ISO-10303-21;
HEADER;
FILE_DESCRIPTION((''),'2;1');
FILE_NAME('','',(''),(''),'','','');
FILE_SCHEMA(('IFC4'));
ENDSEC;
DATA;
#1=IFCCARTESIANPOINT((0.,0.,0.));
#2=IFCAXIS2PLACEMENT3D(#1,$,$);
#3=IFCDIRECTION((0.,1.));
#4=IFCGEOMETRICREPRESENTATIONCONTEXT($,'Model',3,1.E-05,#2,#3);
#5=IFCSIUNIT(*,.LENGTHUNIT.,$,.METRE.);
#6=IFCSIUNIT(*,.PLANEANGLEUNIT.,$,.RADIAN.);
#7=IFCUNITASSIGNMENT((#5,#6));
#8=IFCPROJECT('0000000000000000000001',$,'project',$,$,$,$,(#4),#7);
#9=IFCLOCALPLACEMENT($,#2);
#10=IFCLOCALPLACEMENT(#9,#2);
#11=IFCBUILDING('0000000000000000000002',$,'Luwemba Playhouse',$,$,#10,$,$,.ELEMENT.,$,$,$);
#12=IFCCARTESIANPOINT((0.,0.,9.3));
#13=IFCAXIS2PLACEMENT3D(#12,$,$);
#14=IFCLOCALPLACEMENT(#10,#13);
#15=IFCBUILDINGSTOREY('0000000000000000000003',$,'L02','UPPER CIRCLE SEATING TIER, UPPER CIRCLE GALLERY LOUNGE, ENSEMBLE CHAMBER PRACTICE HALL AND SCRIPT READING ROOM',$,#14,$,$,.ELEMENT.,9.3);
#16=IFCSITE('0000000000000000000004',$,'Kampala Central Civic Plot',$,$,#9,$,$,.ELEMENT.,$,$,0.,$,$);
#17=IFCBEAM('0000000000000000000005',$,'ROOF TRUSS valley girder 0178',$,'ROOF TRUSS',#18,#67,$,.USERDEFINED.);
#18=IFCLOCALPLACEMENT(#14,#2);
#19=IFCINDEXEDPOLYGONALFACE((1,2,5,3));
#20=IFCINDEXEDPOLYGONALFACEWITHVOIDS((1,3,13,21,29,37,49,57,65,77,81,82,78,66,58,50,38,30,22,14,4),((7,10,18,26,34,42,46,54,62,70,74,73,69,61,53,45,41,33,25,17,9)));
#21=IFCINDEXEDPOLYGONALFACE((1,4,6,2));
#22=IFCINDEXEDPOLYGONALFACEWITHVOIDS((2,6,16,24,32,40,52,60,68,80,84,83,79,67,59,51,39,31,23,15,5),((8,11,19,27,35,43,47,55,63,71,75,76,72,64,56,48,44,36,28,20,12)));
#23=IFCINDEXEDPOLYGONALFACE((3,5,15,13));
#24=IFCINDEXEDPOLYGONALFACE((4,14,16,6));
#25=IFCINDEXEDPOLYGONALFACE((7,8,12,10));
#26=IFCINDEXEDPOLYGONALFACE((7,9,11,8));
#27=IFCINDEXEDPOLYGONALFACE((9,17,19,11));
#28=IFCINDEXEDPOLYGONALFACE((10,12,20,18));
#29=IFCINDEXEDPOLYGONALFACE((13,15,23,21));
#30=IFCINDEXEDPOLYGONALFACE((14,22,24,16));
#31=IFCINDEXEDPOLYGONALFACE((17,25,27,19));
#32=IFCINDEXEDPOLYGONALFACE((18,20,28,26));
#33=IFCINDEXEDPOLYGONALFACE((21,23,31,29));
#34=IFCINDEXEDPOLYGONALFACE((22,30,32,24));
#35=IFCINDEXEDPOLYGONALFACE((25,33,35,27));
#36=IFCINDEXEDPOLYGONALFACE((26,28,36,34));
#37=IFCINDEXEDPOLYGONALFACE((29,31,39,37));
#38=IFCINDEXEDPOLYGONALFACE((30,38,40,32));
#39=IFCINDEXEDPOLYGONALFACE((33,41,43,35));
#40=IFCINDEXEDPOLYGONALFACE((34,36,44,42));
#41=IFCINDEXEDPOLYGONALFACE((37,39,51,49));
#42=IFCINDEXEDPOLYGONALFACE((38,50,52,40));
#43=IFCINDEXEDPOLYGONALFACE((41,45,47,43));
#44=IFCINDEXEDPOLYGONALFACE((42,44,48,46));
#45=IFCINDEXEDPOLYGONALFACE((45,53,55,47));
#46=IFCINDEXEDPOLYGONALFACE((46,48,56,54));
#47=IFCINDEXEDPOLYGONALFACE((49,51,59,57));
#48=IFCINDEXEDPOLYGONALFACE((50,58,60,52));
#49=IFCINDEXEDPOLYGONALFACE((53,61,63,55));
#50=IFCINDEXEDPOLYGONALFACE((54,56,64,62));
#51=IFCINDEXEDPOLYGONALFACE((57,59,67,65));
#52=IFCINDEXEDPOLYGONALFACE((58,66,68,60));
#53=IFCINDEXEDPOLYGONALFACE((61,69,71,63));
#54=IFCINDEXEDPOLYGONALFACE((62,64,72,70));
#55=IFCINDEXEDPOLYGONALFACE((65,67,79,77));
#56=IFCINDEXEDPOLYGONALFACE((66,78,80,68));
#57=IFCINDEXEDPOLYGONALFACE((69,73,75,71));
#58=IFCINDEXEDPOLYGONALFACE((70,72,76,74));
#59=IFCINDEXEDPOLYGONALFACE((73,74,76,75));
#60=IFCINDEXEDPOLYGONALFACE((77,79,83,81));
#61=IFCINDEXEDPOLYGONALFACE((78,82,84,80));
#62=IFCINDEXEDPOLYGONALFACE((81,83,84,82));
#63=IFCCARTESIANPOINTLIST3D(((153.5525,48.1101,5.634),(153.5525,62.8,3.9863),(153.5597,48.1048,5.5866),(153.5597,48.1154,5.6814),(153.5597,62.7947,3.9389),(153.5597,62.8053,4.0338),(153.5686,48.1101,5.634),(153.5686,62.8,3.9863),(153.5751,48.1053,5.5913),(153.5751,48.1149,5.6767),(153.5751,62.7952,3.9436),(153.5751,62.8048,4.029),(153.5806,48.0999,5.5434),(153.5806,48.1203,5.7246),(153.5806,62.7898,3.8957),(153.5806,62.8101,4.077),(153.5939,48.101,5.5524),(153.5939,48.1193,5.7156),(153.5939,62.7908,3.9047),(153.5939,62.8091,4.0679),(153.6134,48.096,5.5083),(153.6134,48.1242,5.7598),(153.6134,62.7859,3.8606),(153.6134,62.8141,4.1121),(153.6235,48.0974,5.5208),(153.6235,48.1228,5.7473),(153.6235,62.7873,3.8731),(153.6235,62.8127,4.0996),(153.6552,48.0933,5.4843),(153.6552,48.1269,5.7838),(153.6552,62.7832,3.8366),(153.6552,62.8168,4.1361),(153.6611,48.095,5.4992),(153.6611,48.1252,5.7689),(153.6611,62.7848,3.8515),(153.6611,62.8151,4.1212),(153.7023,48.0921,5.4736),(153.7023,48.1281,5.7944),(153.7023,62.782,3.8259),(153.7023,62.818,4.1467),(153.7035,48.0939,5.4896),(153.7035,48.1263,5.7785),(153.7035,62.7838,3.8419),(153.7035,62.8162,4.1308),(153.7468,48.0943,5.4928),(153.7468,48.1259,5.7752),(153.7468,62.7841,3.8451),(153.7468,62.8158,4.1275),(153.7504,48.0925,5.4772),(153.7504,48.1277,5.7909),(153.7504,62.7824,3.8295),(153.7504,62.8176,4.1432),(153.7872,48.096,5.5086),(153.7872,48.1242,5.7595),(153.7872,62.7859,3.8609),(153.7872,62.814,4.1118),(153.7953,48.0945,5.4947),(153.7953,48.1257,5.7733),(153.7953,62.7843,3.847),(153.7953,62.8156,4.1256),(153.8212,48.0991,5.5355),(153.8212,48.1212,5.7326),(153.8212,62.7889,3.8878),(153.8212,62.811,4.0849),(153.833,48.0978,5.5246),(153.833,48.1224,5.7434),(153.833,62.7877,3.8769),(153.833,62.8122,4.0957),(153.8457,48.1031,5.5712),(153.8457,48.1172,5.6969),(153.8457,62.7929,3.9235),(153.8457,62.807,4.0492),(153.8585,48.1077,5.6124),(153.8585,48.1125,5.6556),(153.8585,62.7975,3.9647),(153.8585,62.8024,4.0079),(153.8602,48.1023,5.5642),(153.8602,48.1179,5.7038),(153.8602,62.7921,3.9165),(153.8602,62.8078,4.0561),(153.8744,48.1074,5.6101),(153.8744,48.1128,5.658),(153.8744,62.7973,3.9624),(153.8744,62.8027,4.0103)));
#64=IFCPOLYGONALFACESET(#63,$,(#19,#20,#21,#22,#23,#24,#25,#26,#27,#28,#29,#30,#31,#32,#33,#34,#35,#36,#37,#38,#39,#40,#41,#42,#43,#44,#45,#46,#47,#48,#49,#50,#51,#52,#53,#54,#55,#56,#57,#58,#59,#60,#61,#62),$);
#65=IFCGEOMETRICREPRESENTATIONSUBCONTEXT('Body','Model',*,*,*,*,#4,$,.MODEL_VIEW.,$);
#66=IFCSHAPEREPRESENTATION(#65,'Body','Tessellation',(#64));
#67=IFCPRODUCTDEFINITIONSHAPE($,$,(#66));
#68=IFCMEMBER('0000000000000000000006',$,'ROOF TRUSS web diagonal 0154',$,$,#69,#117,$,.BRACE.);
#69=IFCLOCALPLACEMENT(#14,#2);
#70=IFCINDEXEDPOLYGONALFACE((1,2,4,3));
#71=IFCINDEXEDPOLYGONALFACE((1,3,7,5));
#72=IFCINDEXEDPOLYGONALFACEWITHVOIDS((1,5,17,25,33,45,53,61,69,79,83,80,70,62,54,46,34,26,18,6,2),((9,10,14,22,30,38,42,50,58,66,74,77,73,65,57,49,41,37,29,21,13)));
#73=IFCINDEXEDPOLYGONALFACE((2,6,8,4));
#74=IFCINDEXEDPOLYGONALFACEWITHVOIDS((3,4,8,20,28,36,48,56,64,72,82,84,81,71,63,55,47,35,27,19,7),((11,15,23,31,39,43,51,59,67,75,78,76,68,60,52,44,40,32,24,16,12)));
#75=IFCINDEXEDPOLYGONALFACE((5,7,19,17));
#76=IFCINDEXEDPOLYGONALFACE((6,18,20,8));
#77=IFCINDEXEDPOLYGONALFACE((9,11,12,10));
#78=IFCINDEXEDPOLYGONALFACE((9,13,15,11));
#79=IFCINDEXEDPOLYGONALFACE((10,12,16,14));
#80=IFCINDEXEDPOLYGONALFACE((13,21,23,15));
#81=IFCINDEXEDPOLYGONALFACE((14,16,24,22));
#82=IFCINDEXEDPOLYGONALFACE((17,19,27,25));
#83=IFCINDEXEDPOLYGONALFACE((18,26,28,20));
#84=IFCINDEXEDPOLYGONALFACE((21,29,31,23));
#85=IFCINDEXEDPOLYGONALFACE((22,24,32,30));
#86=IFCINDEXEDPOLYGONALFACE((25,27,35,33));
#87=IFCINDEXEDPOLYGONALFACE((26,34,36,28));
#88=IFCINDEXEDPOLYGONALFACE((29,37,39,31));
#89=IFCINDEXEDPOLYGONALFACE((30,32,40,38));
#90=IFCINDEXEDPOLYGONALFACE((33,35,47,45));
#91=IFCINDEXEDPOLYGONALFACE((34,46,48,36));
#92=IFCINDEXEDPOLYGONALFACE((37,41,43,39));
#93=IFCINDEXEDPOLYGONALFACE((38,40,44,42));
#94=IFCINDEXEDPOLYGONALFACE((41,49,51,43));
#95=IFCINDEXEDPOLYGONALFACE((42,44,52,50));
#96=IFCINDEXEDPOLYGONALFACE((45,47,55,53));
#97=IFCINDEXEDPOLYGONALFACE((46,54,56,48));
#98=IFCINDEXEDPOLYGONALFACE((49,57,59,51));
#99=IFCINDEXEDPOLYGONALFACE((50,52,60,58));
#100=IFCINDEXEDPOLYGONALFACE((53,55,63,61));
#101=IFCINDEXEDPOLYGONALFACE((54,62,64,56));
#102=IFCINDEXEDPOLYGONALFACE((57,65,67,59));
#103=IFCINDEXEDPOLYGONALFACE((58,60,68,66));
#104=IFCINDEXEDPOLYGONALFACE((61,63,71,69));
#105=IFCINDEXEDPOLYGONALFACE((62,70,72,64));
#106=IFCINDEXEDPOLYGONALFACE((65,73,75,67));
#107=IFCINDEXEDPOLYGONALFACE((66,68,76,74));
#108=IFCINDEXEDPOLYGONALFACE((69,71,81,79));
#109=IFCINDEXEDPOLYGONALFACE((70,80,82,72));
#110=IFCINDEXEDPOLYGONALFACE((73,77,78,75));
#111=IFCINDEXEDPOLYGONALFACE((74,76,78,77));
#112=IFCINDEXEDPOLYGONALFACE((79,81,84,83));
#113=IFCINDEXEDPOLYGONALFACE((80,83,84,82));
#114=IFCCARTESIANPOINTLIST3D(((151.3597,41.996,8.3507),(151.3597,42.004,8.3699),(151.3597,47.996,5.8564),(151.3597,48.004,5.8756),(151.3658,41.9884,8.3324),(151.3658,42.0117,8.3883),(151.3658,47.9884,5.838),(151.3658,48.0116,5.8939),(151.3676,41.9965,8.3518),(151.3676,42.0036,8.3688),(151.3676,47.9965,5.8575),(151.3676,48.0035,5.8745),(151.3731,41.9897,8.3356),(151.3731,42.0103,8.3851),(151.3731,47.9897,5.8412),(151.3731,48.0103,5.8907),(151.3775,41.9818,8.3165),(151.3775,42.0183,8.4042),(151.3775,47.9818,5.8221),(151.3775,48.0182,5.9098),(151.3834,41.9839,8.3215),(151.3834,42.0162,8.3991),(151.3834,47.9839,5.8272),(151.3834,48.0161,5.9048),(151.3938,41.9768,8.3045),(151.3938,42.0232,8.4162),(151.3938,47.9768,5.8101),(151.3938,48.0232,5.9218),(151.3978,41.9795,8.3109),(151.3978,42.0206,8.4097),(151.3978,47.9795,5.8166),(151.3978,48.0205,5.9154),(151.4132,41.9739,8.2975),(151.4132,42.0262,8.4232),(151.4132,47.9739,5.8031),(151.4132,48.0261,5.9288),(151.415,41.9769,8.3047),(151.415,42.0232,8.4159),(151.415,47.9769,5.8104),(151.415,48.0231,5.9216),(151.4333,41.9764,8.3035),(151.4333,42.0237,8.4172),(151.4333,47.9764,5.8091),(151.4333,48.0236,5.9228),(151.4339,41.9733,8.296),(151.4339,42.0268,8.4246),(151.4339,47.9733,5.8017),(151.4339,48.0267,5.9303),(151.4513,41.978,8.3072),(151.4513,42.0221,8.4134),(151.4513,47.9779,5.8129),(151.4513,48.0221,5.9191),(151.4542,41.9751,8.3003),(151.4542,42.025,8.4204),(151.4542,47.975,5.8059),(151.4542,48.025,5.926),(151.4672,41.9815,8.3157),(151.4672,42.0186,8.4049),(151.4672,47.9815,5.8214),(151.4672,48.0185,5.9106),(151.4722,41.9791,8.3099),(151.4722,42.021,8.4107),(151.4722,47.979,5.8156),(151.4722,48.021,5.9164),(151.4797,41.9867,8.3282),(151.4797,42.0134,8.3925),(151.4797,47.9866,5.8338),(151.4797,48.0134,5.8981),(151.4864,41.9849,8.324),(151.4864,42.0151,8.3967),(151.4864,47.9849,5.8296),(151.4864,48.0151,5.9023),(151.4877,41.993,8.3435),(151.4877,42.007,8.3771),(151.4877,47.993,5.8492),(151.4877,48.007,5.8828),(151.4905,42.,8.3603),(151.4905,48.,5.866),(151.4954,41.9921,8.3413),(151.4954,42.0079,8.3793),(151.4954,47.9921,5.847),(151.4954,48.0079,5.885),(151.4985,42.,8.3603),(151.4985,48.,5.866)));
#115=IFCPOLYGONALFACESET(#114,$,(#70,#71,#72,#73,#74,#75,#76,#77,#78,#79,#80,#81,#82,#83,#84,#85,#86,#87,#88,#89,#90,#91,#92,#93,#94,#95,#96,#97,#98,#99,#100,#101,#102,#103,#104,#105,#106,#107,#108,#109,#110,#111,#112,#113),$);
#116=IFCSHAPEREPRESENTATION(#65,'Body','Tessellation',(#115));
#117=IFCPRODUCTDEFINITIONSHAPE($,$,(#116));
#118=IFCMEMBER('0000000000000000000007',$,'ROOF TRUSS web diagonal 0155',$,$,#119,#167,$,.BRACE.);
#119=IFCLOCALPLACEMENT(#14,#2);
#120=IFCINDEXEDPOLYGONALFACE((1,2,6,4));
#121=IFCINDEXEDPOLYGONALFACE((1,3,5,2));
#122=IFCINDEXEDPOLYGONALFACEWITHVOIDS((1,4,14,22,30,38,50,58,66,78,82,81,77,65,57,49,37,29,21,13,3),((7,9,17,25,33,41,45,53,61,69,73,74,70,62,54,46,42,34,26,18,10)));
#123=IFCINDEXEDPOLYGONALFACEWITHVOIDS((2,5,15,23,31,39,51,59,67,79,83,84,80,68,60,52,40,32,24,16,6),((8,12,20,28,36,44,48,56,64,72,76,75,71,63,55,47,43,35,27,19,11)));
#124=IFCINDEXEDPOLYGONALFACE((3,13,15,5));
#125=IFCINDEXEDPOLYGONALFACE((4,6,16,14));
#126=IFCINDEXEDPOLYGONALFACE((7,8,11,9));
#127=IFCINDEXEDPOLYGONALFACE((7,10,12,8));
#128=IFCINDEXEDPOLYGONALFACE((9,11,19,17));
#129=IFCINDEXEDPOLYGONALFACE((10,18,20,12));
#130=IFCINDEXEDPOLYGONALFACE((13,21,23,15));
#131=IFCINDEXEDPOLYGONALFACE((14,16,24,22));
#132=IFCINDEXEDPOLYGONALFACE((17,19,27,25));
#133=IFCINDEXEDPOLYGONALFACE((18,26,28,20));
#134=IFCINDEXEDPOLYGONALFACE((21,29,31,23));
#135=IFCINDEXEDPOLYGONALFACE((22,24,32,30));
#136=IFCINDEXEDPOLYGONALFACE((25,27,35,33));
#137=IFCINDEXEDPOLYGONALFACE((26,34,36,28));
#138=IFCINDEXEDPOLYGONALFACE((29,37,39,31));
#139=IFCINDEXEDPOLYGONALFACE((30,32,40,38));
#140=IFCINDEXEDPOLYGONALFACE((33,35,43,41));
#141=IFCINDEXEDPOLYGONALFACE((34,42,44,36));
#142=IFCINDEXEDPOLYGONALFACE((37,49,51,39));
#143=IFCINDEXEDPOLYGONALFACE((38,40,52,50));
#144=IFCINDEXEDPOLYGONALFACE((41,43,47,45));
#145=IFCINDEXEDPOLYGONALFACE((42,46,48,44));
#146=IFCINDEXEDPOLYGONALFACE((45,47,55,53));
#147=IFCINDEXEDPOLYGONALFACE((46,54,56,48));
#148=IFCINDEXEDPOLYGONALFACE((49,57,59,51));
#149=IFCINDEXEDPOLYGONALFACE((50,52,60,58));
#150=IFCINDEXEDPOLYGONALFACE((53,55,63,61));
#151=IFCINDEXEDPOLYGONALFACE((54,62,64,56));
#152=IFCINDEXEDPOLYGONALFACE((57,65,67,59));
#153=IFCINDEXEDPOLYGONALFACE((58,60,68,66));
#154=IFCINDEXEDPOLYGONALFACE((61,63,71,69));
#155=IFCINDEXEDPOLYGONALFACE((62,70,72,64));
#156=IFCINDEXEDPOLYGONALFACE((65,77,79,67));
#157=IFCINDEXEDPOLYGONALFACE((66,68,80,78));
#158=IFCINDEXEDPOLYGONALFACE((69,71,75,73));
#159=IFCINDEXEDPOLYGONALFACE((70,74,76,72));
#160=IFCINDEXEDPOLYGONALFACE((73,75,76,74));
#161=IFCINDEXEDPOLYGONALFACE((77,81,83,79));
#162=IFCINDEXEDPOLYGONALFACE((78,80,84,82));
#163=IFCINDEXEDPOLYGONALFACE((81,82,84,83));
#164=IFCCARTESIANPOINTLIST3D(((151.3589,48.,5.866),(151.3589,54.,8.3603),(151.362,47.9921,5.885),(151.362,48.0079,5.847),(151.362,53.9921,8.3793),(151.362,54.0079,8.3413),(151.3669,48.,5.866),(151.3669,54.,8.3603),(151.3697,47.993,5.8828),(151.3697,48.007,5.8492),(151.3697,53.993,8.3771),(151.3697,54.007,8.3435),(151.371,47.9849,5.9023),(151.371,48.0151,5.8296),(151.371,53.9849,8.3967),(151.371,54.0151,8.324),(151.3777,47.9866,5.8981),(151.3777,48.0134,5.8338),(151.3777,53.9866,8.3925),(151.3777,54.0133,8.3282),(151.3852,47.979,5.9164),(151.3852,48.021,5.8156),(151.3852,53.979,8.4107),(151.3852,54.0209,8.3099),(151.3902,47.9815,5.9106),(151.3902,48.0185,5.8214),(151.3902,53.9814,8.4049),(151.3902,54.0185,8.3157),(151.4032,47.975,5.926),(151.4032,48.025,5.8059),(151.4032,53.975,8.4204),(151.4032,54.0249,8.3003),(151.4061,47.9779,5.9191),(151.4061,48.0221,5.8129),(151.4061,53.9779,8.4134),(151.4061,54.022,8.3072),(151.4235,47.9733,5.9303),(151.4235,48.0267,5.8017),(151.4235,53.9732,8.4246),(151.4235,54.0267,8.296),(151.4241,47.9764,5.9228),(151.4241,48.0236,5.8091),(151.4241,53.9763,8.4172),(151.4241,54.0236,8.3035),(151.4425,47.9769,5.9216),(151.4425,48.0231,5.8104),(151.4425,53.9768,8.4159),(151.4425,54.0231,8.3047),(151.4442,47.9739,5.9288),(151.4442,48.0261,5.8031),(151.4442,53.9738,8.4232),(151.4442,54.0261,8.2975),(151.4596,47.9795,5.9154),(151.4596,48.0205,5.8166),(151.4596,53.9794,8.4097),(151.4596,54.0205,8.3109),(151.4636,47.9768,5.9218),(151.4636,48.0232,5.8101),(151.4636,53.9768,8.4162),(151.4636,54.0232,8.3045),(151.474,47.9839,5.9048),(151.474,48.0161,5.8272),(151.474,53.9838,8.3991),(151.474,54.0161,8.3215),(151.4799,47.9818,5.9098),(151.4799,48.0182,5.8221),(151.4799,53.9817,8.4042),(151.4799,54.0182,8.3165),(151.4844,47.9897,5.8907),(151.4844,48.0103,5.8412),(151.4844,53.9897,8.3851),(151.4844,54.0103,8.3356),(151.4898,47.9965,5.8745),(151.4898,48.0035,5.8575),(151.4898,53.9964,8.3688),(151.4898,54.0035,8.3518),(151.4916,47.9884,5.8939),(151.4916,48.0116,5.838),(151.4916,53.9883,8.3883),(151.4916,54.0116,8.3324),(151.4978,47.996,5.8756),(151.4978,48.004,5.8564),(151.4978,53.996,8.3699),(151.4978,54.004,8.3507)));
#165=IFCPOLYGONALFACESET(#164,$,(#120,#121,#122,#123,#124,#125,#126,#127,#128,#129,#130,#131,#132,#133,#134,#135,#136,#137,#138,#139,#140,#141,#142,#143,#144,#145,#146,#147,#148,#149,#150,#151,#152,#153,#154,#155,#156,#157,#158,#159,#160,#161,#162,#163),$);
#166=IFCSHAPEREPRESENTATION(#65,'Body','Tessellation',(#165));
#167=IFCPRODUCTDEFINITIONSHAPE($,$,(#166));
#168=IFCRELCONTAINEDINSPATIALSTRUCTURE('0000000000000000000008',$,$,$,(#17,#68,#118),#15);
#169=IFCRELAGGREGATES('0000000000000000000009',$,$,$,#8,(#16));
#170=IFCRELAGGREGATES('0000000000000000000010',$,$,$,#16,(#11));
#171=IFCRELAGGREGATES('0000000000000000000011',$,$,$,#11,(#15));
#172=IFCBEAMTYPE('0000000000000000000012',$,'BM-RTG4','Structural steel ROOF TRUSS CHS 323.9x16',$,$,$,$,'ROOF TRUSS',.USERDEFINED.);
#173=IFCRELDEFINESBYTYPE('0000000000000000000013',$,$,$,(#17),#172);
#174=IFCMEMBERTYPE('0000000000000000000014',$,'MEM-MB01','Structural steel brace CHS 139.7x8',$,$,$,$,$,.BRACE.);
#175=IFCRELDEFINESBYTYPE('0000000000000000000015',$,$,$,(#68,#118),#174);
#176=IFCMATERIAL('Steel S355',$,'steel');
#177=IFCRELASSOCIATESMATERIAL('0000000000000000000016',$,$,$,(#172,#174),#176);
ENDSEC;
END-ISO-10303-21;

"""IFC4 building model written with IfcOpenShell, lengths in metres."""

from ifc_helpers import new_model, si_unit, direction, frame, origin, origin_2d, place, context, subcontext, project, spatial, hollow_circle, extrude, material, material_profile, profile_set, type_object, element, save


model = new_model("IFC4")

# Units and contexts
model_context = context("Model", 3, precision=1e-05, world=origin(), true_north=direction((0.0, 1.0)))
body_context = subcontext(model_context, "Body", "Model", "MODEL_VIEW")
ifc_project = project(units=[si_unit("LENGTHUNIT", "METRE"), si_unit("PLANEANGLEUNIT", "RADIAN")], contexts=[model_context])

# Site, building, storey
site_placement = place(None, origin())
site = spatial("IfcSite", under=ifc_project, at=site_placement, Name="Kampala Central Civic Plot", CompositionType="ELEMENT", RefElevation=0.0)
building_placement = place(site_placement, origin())
building = spatial("IfcBuilding", under=site, at=building_placement, Name="Luwemba Playhouse", CompositionType="ELEMENT")
storey_placement = place(building_placement, frame((0.0, 0.0, 9.3)))
storey = spatial("IfcBuildingStorey", under=building, at=storey_placement, Name="L02", Description="UPPER CIRCLE SEATING TIER, UPPER CIRCLE GALLERY LOUNGE, ENSEMBLE CHAMBER PRACTICE HALL AND SCRIPT READING ROOM", CompositionType="ELEMENT", Elevation=9.3)

# Beam
ifc_material_1 = material(Name="Steel S355", Category="steel")
ifc_material_profile_1 = material_profile(ifc_material_1, hollow_circle(Radius=0.1619, WallThickness=0.0161, at=origin_2d()))
ifc_profile_set_1 = profile_set([ifc_material_profile_1], Name="Steel S355")
beam_type_1 = type_object("IfcBeamType", Name="BM-RTG4", Description="Structural steel ROOF TRUSS CHS 323.9x16", ElementType="ROOF TRUSS", PredefinedType="USERDEFINED", material=ifc_profile_set_1)
beam_1_placement = place(storey_placement, frame((153.7144, 48.1101, 5.634), z_axis=(0.0, 0.993768, -0.111467), x_axis=(-1.0, 0.0, 0.0)))
element("IfcBeam", 1, at=beam_1_placement, inside=storey, type_object=beam_type_1, Name="ROOF TRUSS valley girder 0178", ObjectType="ROOF TRUSS", PredefinedType="USERDEFINED", context=body_context, shape_type="SweptSolid", body=[
    extrude(hollow_circle(Radius=0.1619, WallThickness=0.0161, at=origin_2d()), origin(), (0.0, 0.0, 1.0), 14.782),
])

# Members
ifc_material_profile_2 = material_profile(ifc_material_1, hollow_circle(Radius=0.0698, WallThickness=0.0081, at=origin_2d()))
ifc_profile_set_2 = profile_set([ifc_material_profile_2], Name="Steel S355")
member_type_1 = type_object("IfcMemberType", Name="MEM-MB01", Description="Structural steel brace CHS 139.7x8", PredefinedType="BRACE", material=ifc_profile_set_2)
for number, where, z_axis, x_axis, name in (
    (2, (151.4287, 48.0, 5.866), (0.0, -0.923383, 0.383879), (1.0, 0.0, 0.0), "ROOF TRUSS web diagonal 0154"),
    (3, (151.4287, 48.0, 5.866), (0.0, 0.923383, 0.383879), (-1.0, 0.0, 0.0), "ROOF TRUSS web diagonal 0155"),
):
    element("IfcMember", number, at=place(storey_placement, frame(where, z_axis=z_axis, x_axis=x_axis)), inside=storey, type_object=member_type_1, Name=name, PredefinedType="BRACE", context=body_context, shape_type="SweptSolid", body=[
        extrude(hollow_circle(Radius=0.0698, WallThickness=0.0081, at=origin_2d()), origin(), (0.0, 0.0, 1.0), 6.4978),
    ])

save(model, "model.ifc")
